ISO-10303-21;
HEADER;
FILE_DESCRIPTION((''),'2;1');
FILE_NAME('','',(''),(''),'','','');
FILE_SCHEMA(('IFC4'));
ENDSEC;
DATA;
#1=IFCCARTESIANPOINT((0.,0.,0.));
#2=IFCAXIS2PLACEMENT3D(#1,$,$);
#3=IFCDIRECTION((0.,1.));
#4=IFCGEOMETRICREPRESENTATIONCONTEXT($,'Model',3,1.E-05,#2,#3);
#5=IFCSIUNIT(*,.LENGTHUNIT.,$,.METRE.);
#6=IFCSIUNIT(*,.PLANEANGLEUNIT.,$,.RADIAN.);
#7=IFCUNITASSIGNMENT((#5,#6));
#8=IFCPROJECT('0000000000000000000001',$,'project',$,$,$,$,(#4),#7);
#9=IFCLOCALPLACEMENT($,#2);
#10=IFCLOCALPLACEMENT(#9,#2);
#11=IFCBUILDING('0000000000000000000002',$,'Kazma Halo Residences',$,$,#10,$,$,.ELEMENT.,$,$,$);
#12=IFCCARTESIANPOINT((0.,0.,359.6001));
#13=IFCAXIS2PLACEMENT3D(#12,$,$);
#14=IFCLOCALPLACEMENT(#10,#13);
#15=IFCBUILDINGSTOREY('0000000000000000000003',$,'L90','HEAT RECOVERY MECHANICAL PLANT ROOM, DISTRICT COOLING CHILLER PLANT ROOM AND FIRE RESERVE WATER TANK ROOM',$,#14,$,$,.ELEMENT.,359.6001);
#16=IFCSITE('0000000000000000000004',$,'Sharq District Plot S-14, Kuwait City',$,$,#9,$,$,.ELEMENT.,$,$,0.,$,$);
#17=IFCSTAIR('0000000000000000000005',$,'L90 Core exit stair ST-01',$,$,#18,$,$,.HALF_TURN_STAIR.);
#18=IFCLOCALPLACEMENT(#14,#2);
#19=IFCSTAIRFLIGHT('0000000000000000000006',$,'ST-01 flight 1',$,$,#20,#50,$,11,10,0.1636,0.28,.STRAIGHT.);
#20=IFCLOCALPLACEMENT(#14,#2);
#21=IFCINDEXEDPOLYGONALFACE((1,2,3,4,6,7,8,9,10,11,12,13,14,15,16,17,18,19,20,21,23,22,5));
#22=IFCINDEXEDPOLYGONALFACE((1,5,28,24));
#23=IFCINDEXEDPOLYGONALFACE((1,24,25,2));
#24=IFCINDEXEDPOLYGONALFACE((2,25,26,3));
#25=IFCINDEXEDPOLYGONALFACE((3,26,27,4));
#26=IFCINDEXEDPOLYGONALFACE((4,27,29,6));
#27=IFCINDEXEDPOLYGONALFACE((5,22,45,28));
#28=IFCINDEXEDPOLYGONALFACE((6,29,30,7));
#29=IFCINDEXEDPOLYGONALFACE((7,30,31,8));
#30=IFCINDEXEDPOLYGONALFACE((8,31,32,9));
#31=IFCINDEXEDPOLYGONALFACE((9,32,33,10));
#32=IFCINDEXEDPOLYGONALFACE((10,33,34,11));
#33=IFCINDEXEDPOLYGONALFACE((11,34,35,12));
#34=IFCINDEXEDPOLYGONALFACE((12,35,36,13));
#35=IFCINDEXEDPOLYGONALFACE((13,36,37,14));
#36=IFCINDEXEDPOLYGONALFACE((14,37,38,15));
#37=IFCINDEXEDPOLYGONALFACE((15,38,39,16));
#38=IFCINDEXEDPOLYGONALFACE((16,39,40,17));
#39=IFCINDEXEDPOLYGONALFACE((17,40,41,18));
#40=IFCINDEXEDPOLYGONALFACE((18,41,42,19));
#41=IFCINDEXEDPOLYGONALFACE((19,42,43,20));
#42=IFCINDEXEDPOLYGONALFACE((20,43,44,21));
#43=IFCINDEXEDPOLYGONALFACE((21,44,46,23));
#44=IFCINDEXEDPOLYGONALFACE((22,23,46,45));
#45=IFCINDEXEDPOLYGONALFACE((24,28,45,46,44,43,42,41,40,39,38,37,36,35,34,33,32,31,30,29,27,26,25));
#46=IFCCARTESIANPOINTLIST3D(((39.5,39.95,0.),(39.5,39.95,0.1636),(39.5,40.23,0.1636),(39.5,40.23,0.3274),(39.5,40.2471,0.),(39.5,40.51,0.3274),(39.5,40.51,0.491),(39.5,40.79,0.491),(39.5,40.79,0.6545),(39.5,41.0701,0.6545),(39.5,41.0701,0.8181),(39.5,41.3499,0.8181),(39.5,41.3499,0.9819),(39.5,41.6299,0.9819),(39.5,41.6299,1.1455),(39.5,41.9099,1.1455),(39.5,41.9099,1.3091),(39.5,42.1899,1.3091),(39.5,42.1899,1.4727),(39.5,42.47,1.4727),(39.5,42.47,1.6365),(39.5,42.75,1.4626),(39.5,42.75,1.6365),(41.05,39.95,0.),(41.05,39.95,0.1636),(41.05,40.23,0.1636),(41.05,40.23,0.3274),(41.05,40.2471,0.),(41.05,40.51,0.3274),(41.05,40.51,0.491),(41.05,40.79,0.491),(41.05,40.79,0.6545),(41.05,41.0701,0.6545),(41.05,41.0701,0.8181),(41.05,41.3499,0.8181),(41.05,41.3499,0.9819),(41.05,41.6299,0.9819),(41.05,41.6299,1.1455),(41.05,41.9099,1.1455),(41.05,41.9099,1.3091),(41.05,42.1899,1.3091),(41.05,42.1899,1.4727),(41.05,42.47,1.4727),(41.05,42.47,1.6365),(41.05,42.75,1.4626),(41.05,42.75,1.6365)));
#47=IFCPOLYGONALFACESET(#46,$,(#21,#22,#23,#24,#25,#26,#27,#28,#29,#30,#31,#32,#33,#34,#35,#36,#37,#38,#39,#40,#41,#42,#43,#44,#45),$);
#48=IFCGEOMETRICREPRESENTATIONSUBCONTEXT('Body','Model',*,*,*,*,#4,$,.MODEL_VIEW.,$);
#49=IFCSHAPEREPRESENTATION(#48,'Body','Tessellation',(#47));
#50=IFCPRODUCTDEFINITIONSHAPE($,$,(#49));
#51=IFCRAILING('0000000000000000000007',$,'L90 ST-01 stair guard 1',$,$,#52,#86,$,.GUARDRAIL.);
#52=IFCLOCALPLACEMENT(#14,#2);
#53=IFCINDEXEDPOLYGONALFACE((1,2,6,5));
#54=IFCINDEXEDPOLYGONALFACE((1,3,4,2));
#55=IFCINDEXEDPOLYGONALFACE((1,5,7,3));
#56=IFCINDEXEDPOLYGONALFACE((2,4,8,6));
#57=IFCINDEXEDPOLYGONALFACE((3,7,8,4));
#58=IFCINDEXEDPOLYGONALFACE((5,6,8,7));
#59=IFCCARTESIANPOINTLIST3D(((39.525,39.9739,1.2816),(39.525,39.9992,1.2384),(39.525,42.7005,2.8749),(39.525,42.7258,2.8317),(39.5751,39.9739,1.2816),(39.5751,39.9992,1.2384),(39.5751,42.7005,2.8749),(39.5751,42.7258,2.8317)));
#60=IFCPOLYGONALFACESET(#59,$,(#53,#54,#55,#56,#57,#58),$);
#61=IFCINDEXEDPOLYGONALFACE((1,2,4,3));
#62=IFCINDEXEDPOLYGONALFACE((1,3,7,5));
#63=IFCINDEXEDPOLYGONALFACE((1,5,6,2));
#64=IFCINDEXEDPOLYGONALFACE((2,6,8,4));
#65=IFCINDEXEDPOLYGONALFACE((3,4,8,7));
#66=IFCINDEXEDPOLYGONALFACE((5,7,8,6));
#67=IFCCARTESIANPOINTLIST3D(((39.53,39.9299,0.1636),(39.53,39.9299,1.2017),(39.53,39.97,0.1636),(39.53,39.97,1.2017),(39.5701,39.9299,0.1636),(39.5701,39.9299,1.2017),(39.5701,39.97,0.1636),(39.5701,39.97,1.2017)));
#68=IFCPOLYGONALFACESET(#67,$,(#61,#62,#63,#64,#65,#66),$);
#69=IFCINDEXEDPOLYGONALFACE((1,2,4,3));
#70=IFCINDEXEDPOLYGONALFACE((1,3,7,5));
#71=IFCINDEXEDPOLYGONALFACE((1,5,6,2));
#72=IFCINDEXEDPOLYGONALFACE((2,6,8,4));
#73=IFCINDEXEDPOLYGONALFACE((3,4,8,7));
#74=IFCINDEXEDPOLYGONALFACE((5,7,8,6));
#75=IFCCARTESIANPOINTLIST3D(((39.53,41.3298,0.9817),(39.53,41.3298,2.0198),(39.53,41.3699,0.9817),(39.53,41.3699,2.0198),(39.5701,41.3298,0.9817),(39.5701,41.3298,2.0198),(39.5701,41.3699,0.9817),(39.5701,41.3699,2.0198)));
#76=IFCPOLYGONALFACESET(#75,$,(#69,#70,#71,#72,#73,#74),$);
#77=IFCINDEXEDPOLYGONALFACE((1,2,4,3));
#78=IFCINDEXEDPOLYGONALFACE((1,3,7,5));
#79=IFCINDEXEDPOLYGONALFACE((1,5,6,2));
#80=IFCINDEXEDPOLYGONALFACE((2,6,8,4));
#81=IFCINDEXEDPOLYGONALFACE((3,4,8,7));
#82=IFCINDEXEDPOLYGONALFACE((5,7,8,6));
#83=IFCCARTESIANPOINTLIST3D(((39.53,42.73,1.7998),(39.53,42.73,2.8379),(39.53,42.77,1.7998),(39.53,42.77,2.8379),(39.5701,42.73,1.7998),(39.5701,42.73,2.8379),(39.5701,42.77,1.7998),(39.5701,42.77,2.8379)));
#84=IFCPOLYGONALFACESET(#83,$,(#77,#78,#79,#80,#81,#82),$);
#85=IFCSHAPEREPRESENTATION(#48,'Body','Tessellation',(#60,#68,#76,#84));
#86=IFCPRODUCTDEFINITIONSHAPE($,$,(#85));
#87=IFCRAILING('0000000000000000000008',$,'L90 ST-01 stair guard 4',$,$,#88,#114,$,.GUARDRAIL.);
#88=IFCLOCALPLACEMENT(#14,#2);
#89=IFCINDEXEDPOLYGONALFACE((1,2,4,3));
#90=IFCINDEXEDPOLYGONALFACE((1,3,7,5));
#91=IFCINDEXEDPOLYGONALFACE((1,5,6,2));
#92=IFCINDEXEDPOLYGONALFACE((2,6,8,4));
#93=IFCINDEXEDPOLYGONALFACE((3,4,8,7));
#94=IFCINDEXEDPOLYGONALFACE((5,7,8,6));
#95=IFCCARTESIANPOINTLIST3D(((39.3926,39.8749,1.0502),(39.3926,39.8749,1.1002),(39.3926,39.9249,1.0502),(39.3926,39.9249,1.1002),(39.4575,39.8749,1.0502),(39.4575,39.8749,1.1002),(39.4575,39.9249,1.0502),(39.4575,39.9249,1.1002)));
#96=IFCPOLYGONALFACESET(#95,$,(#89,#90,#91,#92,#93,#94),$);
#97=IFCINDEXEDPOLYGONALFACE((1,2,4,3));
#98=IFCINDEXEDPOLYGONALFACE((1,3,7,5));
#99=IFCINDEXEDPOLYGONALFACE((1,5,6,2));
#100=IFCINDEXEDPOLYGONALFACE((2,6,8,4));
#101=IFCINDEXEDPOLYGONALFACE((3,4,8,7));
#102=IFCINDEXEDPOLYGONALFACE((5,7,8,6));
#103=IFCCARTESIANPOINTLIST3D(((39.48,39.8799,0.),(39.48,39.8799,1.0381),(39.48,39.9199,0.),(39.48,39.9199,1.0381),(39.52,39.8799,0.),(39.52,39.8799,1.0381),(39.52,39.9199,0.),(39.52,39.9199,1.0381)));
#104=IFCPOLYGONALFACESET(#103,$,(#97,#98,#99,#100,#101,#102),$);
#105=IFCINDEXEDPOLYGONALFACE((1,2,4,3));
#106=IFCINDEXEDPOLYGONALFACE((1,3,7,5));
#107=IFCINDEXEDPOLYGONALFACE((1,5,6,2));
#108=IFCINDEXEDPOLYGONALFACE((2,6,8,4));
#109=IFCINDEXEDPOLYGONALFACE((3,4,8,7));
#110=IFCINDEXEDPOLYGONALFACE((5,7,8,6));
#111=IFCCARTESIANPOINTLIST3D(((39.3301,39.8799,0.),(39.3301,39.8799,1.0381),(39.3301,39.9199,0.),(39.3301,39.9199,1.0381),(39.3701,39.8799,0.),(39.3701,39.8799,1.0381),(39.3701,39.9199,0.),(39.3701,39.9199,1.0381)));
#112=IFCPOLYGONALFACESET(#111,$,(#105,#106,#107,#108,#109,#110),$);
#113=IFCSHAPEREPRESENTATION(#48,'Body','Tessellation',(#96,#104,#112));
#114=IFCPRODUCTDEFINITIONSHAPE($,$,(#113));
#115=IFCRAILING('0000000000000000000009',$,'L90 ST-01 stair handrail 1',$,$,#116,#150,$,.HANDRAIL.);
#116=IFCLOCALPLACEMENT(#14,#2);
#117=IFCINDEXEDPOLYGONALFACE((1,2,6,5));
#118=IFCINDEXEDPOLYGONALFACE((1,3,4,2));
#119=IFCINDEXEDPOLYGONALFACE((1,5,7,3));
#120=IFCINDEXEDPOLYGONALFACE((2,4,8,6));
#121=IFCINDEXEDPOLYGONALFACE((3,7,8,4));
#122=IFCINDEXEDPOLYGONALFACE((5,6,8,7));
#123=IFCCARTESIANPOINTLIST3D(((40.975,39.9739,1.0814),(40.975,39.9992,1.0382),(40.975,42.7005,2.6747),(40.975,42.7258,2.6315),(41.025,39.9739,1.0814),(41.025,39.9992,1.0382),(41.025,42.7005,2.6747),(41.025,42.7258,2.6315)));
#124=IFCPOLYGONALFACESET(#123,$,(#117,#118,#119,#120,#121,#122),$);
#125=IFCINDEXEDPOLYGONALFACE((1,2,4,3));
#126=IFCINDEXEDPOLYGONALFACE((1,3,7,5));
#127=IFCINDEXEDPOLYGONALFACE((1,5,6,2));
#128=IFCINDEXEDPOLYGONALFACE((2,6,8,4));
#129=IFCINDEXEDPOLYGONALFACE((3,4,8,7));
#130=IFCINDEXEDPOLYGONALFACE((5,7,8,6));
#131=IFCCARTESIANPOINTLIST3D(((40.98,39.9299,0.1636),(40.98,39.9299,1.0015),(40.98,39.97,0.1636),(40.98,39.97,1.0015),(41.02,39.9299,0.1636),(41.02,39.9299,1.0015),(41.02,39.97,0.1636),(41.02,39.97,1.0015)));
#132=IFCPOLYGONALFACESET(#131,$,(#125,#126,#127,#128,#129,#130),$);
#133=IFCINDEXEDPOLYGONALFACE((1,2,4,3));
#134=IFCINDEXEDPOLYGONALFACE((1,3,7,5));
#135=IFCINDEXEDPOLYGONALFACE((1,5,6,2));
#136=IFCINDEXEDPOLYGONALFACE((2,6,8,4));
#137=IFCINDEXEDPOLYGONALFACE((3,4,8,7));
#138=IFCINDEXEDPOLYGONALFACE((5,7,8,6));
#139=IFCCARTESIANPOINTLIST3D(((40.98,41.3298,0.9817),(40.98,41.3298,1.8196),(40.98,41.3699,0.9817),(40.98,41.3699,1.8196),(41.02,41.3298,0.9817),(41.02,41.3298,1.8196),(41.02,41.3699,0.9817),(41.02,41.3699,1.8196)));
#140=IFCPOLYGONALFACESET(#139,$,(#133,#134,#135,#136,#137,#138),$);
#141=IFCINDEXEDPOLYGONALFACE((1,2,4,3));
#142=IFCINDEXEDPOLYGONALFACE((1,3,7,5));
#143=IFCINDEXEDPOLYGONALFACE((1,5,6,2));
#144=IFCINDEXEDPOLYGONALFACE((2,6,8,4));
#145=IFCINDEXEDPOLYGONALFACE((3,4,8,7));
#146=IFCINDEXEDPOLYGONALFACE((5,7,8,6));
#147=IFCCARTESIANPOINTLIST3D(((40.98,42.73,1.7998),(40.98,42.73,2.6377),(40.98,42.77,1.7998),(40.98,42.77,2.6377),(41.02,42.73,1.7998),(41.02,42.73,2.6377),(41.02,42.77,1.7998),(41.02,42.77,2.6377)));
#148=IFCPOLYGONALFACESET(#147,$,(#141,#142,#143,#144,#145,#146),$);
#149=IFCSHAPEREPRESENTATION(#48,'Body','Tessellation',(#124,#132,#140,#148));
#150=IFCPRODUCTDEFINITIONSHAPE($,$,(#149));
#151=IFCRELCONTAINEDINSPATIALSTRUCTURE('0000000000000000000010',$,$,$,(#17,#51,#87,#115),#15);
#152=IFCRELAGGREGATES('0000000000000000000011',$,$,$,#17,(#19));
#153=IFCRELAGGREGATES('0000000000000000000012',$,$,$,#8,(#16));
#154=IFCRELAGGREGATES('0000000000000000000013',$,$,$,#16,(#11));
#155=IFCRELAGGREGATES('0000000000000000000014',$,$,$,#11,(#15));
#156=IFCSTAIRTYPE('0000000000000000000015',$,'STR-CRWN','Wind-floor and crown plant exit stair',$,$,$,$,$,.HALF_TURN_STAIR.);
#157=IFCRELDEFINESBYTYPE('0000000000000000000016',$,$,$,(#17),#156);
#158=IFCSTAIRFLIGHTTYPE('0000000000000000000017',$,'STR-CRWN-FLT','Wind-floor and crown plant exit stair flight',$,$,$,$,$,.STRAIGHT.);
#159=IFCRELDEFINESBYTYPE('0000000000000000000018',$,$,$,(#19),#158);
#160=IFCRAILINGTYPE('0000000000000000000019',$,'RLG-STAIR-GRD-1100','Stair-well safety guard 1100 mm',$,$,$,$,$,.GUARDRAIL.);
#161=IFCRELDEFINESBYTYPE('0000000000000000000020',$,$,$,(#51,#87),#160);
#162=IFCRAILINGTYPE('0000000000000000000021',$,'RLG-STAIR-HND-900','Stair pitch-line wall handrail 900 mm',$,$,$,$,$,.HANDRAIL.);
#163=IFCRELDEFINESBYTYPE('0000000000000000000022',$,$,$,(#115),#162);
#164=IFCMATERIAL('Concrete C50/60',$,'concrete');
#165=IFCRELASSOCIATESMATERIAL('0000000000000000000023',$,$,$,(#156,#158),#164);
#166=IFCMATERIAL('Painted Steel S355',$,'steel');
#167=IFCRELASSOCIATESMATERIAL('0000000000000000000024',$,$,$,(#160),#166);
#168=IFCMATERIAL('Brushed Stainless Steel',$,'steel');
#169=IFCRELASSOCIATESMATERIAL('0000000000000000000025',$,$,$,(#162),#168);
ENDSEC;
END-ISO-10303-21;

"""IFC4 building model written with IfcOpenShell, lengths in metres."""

from ifc_helpers import new_model, si_unit, direction, frame, origin, origin_2d, place, context, subcontext, project, spatial, polyline, rectangle, outline, extrude, material, type_object, element, aggregate, save


model = new_model("IFC4")

# Units and contexts
model_context = context("Model", 3, precision=1e-05, world=origin(), true_north=direction((0.0, 1.0)))
body_context = subcontext(model_context, "Body", "Model", "MODEL_VIEW")
ifc_project = project(units=[si_unit("LENGTHUNIT", "METRE"), si_unit("PLANEANGLEUNIT", "RADIAN")], contexts=[model_context])

# Site, building, storey
site_placement = place(None, origin())
site = spatial("IfcSite", under=ifc_project, at=site_placement, Name="Sharq District Plot S-14, Kuwait City", CompositionType="ELEMENT", RefElevation=0.0)
building_placement = place(site_placement, origin())
building = spatial("IfcBuilding", under=site, at=building_placement, Name="Kazma Halo Residences", CompositionType="ELEMENT")
storey_placement = place(building_placement, frame((0.0, 0.0, 359.6001)))
storey = spatial("IfcBuildingStorey", under=building, at=storey_placement, Name="L90", Description="HEAT RECOVERY MECHANICAL PLANT ROOM, DISTRICT COOLING CHILLER PLANT ROOM AND FIRE RESERVE WATER TANK ROOM", CompositionType="ELEMENT", Elevation=359.6001)

# Shared definitions
ifc_material_1 = material(Name="Concrete C50/60", Category="concrete")

# Stair, stair flight
stair_type = type_object("IfcStairType", Name="STR-CRWN", Description="Wind-floor and crown plant exit stair", PredefinedType="HALF_TURN_STAIR", material=ifc_material_1)
stair_placement = place(storey_placement, origin())
stair = element("IfcStair", 1, at=stair_placement, inside=storey, type_object=stair_type, Name="L90 Core exit stair ST-01", PredefinedType="HALF_TURN_STAIR")
stair_flight_type = type_object("IfcStairFlightType", Name="STR-CRWN-FLT", Description="Wind-floor and crown plant exit stair flight", PredefinedType="STRAIGHT", material=ifc_material_1)
stair_flight_placement = place(storey_placement, frame((40.2749, 39.95, 0.0), z_axis=(0.0, 0.0, 1.0), x_axis=(0.0, 1.0, 0.0)))
stair_flight = element("IfcStairFlight", 2, at=stair_flight_placement, type_object=stair_flight_type, Name="ST-01 flight 1", NumberOfRisers=11, NumberOfTreads=10, PredefinedType="STRAIGHT", RiserHeight=0.1636, TreadLength=0.28, context=body_context, shape_type="SweptSolid", body=[
    extrude(outline(polyline([(0.0, 0.0), (0.0, 0.1636), (0.28, 0.1636), (0.28, 0.3274), (0.5601, 0.3274), (0.5601, 0.491), (0.8401, 0.491), (0.8401, 0.6545), (1.1201, 0.6545), (1.1201, 0.8181), (1.3999, 0.8181), (1.3999, 0.9819), (1.6799, 0.9819), (1.6799, 1.1455), (1.96, 1.1455), (1.96, 1.3091), (2.24, 1.3091), (2.24, 1.4727), (2.52, 1.4727), (2.52, 1.6365), (2.8, 1.6365), (2.8, 1.8), (2.8, 1.4626), (0.2971, 0.0), (0.0, 0.0)])), frame((0.0, 0.7749, 0.0), z_axis=(0.0, -1.0, 0.0), x_axis=(1.0, 0.0, 0.0)), (0.0, 0.0, 1.0), 1.55),
])
aggregate(stair, [stair_flight])

# Railings
ifc_material_2 = material(Name="Painted Steel S355", Category="steel")
railing_type_1 = type_object("IfcRailingType", Name="RLG-STAIR-GRD-1100", Description="Stair-well safety guard 1100 mm", PredefinedType="GUARDRAIL", material=ifc_material_2)
railing_1_placement = place(storey_placement, frame((39.55, 39.95, 0.1636)))
element("IfcRailing", 3, at=railing_1_placement, inside=storey, type_object=railing_type_1, Name="L90 ST-01 stair guard 1", PredefinedType="GUARDRAIL", context=body_context, shape_type="SweptSolid", body=[
    extrude(rectangle(XDim=0.05, YDim=0.05, at=origin_2d()), frame((0.0, 0.0366, 1.0964), z_axis=(0.0, 0.863394, 0.504531), x_axis=(-1.0, 0.0, 0.0)), (0.0, 0.0, 1.0), 3.158),
    extrude(rectangle(XDim=0.04, YDim=0.04, at=origin_2d()), origin(), (0.0, 0.0, 1.0), 1.0381),
    extrude(rectangle(XDim=0.04, YDim=0.04, at=origin_2d()), frame((0.0, 1.3999, 0.8181)), (0.0, 0.0, 1.0), 1.0381),
    extrude(rectangle(XDim=0.04, YDim=0.04, at=origin_2d()), frame((0.0, 2.8, 1.6362)), (0.0, 0.0, 1.0), 1.0381),
])
railing_2_placement = place(storey_placement, frame((39.5, 39.8999, 0.0)))
element("IfcRailing", 4, at=railing_2_placement, inside=storey, type_object=railing_type_1, Name="L90 ST-01 stair guard 4", PredefinedType="GUARDRAIL", context=body_context, shape_type="SweptSolid", body=[
    extrude(rectangle(XDim=0.05, YDim=0.05, at=origin_2d()), frame((-0.0425, 0.0, 1.0752), z_axis=(-1.0, 0.0, 0.0), x_axis=(0.0, -1.0, 0.0)), (0.0, 0.0, 1.0), 0.0649),
    extrude(rectangle(XDim=0.04, YDim=0.04, at=origin_2d()), origin(), (0.0, 0.0, 1.0), 1.0381),
    extrude(rectangle(XDim=0.04, YDim=0.04, at=origin_2d()), frame((-0.1499, 0.0, 0.0)), (0.0, 0.0, 1.0), 1.0381),
])
ifc_material_3 = material(Name="Brushed Stainless Steel", Category="steel")
railing_type_2 = type_object("IfcRailingType", Name="RLG-STAIR-HND-900", Description="Stair pitch-line wall handrail 900 mm", PredefinedType="HANDRAIL", material=ifc_material_3)
railing_3_placement = place(storey_placement, frame((41.0, 39.95, 0.1636)))
element("IfcRailing", 5, at=railing_3_placement, inside=storey, type_object=railing_type_2, Name="L90 ST-01 stair handrail 1", PredefinedType="HANDRAIL", context=body_context, shape_type="SweptSolid", body=[
    extrude(rectangle(XDim=0.05, YDim=0.05, at=origin_2d()), frame((0.0, 0.0366, 0.8962), z_axis=(0.0, 0.863394, 0.504531), x_axis=(-1.0, 0.0, 0.0)), (0.0, 0.0, 1.0), 3.158),
    extrude(rectangle(XDim=0.04, YDim=0.04, at=origin_2d()), origin(), (0.0, 0.0, 1.0), 0.8379),
    extrude(rectangle(XDim=0.04, YDim=0.04, at=origin_2d()), frame((0.0, 1.3999, 0.8181)), (0.0, 0.0, 1.0), 0.8379),
    extrude(rectangle(XDim=0.04, YDim=0.04, at=origin_2d()), frame((0.0, 2.8, 1.6362)), (0.0, 0.0, 1.0), 0.8379),
])

save(model, "model.ifc")
